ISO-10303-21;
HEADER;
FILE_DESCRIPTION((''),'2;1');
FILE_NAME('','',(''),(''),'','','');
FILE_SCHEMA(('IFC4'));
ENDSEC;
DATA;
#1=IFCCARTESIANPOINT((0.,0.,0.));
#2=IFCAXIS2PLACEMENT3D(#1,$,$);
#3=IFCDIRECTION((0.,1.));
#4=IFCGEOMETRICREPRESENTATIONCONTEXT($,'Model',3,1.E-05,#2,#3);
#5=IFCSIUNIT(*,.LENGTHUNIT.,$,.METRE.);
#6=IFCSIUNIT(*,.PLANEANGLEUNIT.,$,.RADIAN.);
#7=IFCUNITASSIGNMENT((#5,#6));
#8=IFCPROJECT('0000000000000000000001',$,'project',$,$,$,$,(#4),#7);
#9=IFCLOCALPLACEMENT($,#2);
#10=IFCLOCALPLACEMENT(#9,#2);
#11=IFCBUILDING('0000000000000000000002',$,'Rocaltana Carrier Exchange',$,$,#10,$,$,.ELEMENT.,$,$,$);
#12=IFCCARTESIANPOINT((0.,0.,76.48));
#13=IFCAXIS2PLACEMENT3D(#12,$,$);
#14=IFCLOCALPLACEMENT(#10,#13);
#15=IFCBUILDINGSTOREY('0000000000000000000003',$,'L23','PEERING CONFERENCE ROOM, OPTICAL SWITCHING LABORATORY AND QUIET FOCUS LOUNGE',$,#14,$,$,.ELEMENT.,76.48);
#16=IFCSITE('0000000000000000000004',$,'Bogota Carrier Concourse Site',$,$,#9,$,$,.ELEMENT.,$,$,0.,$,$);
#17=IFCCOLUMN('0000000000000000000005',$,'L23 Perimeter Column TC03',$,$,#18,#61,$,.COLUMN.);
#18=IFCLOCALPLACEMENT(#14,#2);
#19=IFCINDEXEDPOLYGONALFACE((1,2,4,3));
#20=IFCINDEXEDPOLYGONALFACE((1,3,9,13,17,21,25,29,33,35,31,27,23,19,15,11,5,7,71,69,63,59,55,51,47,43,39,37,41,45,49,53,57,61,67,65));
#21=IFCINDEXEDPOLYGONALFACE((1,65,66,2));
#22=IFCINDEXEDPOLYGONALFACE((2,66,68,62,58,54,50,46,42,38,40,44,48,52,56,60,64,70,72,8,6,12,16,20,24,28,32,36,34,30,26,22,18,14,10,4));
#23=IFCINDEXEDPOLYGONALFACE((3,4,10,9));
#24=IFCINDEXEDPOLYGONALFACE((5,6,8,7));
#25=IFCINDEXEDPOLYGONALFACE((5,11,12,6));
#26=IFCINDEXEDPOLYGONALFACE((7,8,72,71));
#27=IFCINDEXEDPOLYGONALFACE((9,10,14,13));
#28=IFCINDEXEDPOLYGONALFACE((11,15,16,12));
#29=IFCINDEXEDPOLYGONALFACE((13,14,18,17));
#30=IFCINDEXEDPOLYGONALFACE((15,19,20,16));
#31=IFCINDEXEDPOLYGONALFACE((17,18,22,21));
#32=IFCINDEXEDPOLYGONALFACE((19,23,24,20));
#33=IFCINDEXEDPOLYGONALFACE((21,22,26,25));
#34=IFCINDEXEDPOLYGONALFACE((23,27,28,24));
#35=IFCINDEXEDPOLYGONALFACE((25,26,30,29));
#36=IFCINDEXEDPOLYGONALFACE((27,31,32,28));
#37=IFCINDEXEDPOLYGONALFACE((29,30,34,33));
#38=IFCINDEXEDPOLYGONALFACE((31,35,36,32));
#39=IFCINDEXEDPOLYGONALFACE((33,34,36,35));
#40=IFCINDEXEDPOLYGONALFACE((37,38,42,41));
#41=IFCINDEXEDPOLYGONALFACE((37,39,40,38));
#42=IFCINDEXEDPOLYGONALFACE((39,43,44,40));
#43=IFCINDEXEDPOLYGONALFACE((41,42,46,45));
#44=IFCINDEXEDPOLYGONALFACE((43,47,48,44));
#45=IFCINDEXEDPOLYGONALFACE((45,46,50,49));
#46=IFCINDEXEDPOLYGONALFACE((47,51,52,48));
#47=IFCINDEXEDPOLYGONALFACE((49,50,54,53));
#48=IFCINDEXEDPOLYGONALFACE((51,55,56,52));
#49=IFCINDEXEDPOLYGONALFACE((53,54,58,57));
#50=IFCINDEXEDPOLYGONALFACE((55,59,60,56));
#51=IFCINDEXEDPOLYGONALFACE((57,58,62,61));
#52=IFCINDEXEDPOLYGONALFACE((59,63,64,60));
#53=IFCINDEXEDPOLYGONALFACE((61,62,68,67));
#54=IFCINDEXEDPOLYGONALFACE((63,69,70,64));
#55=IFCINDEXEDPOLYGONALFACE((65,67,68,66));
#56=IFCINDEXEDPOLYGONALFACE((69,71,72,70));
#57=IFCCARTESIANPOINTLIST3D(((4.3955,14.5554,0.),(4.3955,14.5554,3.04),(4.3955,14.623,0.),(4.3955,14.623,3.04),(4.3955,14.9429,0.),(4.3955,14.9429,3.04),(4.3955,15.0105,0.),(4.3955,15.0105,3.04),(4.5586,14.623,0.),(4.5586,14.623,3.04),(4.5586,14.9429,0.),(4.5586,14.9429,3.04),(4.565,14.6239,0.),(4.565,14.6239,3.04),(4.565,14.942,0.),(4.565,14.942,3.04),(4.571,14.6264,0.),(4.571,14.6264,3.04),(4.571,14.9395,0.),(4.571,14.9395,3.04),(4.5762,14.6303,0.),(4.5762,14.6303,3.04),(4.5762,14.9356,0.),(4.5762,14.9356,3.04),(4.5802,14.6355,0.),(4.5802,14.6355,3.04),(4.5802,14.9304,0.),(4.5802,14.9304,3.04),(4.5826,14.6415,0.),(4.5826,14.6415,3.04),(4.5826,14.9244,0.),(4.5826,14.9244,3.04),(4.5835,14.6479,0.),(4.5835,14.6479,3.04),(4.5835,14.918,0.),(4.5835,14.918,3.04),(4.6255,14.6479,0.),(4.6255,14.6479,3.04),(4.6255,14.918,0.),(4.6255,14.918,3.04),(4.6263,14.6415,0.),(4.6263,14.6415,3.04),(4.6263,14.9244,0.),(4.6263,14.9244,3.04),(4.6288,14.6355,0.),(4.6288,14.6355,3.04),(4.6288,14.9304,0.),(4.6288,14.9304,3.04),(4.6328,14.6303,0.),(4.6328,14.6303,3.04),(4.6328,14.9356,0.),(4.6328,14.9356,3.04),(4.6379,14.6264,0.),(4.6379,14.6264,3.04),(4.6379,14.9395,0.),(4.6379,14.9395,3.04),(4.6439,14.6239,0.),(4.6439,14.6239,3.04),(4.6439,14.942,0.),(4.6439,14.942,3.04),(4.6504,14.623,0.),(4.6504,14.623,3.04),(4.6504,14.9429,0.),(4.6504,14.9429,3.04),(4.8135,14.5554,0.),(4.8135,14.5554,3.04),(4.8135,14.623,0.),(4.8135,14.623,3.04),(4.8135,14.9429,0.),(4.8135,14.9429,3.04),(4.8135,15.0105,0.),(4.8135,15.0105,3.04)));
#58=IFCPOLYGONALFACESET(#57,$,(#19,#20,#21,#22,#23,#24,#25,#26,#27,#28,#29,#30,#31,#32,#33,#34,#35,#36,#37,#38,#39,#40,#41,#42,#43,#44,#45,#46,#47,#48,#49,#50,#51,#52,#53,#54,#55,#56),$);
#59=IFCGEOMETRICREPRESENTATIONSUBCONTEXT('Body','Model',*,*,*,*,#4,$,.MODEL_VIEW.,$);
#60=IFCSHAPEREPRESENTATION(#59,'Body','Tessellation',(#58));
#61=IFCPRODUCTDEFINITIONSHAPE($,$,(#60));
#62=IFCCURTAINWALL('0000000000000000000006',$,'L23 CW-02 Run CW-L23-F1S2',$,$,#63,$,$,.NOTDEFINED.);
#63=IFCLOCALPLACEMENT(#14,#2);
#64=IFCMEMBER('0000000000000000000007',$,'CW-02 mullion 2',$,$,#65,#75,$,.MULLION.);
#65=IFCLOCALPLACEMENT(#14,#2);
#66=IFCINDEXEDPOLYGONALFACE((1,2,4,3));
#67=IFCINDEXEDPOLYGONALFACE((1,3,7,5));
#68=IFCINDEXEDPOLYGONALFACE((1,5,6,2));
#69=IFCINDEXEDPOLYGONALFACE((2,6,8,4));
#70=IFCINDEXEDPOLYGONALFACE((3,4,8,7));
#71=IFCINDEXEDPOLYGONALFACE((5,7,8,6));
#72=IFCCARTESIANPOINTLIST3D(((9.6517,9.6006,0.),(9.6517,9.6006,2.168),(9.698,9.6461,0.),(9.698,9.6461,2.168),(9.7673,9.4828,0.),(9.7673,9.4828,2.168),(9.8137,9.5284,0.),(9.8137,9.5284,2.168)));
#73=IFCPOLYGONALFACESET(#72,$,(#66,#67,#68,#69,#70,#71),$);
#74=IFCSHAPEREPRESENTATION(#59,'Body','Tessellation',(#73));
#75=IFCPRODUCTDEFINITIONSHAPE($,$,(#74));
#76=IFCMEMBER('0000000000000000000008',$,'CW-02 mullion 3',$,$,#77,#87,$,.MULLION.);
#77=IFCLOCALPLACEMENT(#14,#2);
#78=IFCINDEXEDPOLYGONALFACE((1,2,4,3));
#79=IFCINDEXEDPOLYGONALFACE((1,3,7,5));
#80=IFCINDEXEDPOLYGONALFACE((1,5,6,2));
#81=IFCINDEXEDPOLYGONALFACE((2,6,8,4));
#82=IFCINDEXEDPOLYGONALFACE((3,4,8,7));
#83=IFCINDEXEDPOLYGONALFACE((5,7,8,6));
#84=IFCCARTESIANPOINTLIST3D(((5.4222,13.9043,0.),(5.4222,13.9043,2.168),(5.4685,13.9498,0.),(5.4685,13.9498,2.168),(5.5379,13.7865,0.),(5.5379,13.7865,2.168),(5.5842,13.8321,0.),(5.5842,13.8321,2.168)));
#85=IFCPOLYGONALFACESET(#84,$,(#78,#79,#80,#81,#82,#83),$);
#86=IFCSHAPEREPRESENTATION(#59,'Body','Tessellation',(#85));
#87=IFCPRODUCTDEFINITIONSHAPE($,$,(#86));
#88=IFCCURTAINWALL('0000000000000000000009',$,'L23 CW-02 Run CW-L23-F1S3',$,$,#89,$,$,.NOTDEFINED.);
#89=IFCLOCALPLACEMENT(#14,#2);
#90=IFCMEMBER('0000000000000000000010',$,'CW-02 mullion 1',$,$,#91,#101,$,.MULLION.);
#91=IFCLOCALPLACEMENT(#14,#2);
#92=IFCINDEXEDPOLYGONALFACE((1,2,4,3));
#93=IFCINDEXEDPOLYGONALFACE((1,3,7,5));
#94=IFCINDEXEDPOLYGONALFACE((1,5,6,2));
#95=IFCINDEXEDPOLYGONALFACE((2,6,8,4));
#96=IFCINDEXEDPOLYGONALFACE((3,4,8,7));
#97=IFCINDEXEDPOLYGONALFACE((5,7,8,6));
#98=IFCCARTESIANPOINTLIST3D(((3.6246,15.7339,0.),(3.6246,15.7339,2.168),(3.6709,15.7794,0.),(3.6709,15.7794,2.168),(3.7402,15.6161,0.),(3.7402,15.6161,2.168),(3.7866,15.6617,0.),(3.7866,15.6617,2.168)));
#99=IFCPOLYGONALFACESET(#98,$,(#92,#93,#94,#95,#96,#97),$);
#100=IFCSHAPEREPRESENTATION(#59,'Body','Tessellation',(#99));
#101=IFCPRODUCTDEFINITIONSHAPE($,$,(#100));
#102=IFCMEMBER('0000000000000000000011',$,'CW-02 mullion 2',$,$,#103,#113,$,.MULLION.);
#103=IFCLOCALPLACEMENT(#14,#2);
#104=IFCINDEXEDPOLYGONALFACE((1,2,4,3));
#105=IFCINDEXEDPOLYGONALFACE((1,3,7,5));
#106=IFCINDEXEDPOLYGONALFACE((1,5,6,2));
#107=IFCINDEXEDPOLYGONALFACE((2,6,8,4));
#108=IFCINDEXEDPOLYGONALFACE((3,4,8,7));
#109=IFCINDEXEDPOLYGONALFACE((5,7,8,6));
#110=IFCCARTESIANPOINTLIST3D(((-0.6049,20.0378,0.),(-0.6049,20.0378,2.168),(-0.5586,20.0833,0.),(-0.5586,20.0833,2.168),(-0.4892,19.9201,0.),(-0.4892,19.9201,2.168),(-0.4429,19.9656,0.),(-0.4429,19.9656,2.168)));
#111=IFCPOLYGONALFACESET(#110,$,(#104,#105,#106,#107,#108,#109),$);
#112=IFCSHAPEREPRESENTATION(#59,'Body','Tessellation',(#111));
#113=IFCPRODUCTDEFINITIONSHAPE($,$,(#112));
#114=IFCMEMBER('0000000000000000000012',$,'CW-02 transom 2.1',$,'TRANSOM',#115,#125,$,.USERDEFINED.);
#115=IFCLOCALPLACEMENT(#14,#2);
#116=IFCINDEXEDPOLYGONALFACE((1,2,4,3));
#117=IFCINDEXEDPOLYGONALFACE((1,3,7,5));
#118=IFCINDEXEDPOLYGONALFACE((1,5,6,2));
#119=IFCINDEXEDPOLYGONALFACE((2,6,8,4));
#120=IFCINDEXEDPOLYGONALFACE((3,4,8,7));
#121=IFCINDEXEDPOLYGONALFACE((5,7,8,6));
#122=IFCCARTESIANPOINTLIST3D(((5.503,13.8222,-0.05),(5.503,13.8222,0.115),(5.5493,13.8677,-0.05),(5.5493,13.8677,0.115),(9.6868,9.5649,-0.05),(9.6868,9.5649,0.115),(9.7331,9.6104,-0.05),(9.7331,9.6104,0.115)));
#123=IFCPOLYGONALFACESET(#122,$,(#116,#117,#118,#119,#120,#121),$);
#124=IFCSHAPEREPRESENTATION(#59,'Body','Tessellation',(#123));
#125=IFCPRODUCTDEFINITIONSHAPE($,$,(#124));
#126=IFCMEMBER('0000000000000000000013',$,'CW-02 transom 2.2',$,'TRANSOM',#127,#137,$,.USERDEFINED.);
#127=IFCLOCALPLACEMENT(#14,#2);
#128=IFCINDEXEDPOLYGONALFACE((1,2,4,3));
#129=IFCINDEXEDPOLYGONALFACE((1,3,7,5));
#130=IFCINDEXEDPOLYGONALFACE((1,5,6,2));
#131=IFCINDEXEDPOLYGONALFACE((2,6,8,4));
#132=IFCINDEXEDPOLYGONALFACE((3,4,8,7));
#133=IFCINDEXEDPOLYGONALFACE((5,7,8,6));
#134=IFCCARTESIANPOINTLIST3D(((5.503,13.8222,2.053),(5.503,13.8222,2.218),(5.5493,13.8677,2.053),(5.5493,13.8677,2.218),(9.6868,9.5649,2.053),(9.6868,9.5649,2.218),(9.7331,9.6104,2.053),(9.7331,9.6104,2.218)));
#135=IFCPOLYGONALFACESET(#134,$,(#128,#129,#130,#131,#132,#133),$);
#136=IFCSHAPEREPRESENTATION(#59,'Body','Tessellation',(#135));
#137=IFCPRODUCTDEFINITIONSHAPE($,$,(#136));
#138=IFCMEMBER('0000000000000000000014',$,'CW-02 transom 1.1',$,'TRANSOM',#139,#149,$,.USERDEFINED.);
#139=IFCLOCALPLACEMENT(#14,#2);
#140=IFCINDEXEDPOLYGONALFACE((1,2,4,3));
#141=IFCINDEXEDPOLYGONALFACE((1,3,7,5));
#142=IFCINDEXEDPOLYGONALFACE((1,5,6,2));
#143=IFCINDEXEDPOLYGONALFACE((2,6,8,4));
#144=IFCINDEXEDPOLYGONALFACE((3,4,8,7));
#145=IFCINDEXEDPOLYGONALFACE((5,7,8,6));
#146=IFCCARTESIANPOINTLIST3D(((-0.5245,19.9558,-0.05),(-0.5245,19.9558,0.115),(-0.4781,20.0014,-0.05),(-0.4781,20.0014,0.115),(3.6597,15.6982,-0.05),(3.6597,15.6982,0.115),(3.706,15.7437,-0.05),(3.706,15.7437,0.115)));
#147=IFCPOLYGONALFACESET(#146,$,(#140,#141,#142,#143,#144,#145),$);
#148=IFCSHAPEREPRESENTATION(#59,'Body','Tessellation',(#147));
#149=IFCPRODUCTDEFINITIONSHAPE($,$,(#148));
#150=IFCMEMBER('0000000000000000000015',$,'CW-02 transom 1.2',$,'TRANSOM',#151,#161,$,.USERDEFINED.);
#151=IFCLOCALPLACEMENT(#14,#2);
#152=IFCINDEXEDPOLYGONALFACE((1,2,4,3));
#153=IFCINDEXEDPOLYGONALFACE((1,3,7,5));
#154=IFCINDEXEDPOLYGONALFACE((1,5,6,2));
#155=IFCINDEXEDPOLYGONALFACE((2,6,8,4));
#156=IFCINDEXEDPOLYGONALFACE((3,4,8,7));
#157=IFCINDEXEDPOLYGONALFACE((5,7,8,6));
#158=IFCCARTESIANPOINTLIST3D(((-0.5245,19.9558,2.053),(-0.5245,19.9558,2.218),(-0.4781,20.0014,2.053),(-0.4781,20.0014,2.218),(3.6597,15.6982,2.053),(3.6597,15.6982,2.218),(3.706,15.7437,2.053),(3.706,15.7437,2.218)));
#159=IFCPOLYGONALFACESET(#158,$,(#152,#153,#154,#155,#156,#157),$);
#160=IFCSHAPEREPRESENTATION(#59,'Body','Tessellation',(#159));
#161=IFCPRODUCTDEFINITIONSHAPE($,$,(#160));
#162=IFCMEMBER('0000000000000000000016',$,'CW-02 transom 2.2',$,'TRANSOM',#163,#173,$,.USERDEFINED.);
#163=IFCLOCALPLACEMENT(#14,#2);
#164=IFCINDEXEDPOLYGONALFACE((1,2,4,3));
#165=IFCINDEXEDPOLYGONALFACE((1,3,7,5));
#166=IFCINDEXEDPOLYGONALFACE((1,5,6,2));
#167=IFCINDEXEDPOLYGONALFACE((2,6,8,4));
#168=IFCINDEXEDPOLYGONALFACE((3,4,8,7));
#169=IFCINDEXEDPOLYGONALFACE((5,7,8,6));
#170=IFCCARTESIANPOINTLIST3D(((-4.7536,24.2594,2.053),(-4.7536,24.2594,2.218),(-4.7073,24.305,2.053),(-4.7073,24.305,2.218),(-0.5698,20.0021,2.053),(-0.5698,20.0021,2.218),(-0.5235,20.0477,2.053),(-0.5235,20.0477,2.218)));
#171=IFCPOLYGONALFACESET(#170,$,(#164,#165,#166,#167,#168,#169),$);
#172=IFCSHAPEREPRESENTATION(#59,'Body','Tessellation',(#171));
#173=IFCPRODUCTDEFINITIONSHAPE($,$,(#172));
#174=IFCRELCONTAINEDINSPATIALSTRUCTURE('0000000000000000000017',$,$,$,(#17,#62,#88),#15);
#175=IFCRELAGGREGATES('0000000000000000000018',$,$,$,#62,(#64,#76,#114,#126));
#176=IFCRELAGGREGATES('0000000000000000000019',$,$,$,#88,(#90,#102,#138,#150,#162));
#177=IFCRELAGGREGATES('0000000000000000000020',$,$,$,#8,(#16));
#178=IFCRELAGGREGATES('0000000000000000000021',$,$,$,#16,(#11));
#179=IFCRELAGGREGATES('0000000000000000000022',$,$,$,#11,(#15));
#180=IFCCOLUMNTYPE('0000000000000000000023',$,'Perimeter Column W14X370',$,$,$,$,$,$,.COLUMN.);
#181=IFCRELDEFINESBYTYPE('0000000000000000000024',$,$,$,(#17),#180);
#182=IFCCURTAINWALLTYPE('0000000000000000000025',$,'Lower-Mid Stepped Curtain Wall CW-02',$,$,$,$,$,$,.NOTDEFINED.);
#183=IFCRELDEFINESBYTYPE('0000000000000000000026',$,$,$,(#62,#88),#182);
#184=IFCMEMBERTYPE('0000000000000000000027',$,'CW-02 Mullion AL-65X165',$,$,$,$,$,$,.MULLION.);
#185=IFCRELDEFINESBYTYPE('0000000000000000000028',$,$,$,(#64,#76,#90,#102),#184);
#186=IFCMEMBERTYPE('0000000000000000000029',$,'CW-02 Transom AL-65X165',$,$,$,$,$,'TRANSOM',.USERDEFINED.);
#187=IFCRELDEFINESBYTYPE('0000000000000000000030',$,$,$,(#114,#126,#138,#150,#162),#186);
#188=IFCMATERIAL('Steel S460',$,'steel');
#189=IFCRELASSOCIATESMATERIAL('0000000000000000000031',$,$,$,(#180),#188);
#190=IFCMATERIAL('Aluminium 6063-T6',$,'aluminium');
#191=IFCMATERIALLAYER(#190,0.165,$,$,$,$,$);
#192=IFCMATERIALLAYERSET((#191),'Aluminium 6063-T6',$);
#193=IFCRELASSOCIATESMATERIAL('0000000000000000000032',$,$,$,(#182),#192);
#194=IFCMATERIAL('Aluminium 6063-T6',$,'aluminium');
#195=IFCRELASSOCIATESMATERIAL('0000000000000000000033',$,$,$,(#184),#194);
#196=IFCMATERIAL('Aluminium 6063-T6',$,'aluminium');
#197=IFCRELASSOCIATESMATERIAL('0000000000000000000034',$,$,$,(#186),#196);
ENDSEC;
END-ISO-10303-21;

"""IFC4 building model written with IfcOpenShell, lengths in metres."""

from ifc_helpers import new_model, si_unit, direction, frame, origin, origin_2d, place, context, subcontext, project, spatial, rectangle, i_section, extrude, material, layer, layer_set, material_profile, profile_set, type_object, element, aggregate, save


model = new_model("IFC4")

# Units and contexts
model_context = context("Model", 3, precision=1e-05, world=origin(), true_north=direction((0.0, 1.0)))
body_context = subcontext(model_context, "Body", "Model", "MODEL_VIEW")
ifc_project = project(units=[si_unit("LENGTHUNIT", "METRE"), si_unit("PLANEANGLEUNIT", "RADIAN")], contexts=[model_context])

# Site, building, storey
site_placement = place(None, origin())
site = spatial("IfcSite", under=ifc_project, at=site_placement, Name="Bogota Carrier Concourse Site", CompositionType="ELEMENT", RefElevation=0.0)
building_placement = place(site_placement, origin())
building = spatial("IfcBuilding", under=site, at=building_placement, Name="Rocaltana Carrier Exchange", CompositionType="ELEMENT")
storey_placement = place(building_placement, frame((0.0, 0.0, 76.48)))
storey = spatial("IfcBuildingStorey", under=building, at=storey_placement, Name="L23", Description="PEERING CONFERENCE ROOM, OPTICAL SWITCHING LABORATORY AND QUIET FOCUS LOUNGE", CompositionType="ELEMENT", Elevation=76.48)

# Column
ifc_material_1 = material(Name="Steel S460", Category="steel")
ifc_material_profile_1 = material_profile(ifc_material_1, i_section(OverallWidth=0.418, OverallDepth=0.4551, WebThickness=0.042, FlangeThickness=0.0676, FilletRadius=0.0249, at=origin_2d()), Name="W14X370")
ifc_profile_set_1 = profile_set([ifc_material_profile_1], Name="Steel S460")
column_type = type_object("IfcColumnType", Name="Perimeter Column W14X370", PredefinedType="COLUMN", material=ifc_profile_set_1)
column_placement = place(storey_placement, frame((4.6045, 14.783, 0.0), z_axis=(0.0, 0.0, 1.0), x_axis=(1.0, 0.0, 0.0)))
element("IfcColumn", 1, at=column_placement, inside=storey, type_object=column_type, Name="L23 Perimeter Column TC03", PredefinedType="COLUMN", context=body_context, shape_type="SweptSolid", body=[
    extrude(i_section(OverallWidth=0.418, OverallDepth=0.4551, WebThickness=0.042, FlangeThickness=0.0676, FilletRadius=0.0249, at=origin_2d()), origin(), (0.0, 0.0, 1.0), 3.04),
])

# Curtain walls, members
ifc_material_2 = material(Name="Aluminium 6063-T6", Category="aluminium")
ifc_layer_1 = layer(ifc_material_2, 0.165)
ifc_layer_set_1 = layer_set([ifc_layer_1], Name="Aluminium 6063-T6")
curtain_wall_type = type_object("IfcCurtainWallType", Name="Lower-Mid Stepped Curtain Wall CW-02", PredefinedType="NOTDEFINED", material=ifc_layer_set_1)
curtain_wall_1_placement = place(storey_placement, origin())
curtain_wall_1 = element("IfcCurtainWall", 2, at=curtain_wall_1_placement, inside=storey, type_object=curtain_wall_type, Name="L23 CW-02 Run CW-L23-F1S2", PredefinedType="NOTDEFINED")
ifc_material_3 = material(Name="Aluminium 6063-T6", Category="aluminium")
ifc_material_profile_2 = material_profile(ifc_material_3, rectangle(XDim=0.0649, YDim=0.165, at=origin_2d()), Name="AL-65X165")
ifc_profile_set_2 = profile_set([ifc_material_profile_2], Name="Aluminium 6063-T6")
member_type_1 = type_object("IfcMemberType", Name="CW-02 Mullion AL-65X165", PredefinedType="MULLION", material=ifc_profile_set_2)
member_1_placement = place(storey_placement, frame((9.7327, 9.5645, 0.0), z_axis=(0.0, 0.0, 1.0), x_axis=(-0.713245, -0.700915, 0.0)))
member_1 = element("IfcMember", 3, at=member_1_placement, type_object=member_type_1, Name="CW-02 mullion 2", PredefinedType="MULLION", context=body_context, shape_type="SweptSolid", body=[
    extrude(rectangle(XDim=0.0649, YDim=0.165, at=origin_2d()), origin(), (0.0, 0.0, 1.0), 2.168),
])
member_2_placement = place(storey_placement, frame((5.5032, 13.8682, 0.0), z_axis=(0.0, 0.0, 1.0), x_axis=(-0.713245, -0.700915, 0.0)))
member_2 = element("IfcMember", 4, at=member_2_placement, type_object=member_type_1, Name="CW-02 mullion 3", PredefinedType="MULLION", context=body_context, shape_type="SweptSolid", body=[
    extrude(rectangle(XDim=0.0649, YDim=0.165, at=origin_2d()), origin(), (0.0, 0.0, 1.0), 2.168),
])
curtain_wall_2_placement = place(storey_placement, origin())
curtain_wall_2 = element("IfcCurtainWall", 5, at=curtain_wall_2_placement, inside=storey, type_object=curtain_wall_type, Name="L23 CW-02 Run CW-L23-F1S3", PredefinedType="NOTDEFINED")
member_3_placement = place(storey_placement, frame((3.7056, 15.6978, 0.0), z_axis=(0.0, 0.0, 1.0), x_axis=(-0.713245, -0.700915, 0.0)))
member_3 = element("IfcMember", 6, at=member_3_placement, type_object=member_type_1, Name="CW-02 mullion 1", PredefinedType="MULLION", context=body_context, shape_type="SweptSolid", body=[
    extrude(rectangle(XDim=0.0649, YDim=0.165, at=origin_2d()), origin(), (0.0, 0.0, 1.0), 2.168),
])
member_4_placement = place(storey_placement, frame((-0.5239, 20.0017, 0.0), z_axis=(0.0, 0.0, 1.0), x_axis=(-0.713245, -0.700915, 0.0)))
member_4 = element("IfcMember", 7, at=member_4_placement, type_object=member_type_1, Name="CW-02 mullion 2", PredefinedType="MULLION", context=body_context, shape_type="SweptSolid", body=[
    extrude(rectangle(XDim=0.0649, YDim=0.165, at=origin_2d()), origin(), (0.0, 0.0, 1.0), 2.168),
])

# Members
ifc_material_4 = material(Name="Aluminium 6063-T6", Category="aluminium")
ifc_material_profile_3 = material_profile(ifc_material_4, rectangle(XDim=0.0649, YDim=0.165, at=origin_2d()), Name="AL-65X165")
ifc_profile_set_3 = profile_set([ifc_material_profile_3], Name="Aluminium 6063-T6")
member_type_2 = type_object("IfcMemberType", Name="CW-02 Transom AL-65X165", ElementType="TRANSOM", PredefinedType="USERDEFINED", material=ifc_profile_set_3)
member_5_placement = place(storey_placement, frame((9.71, 9.5876, 0.0325), z_axis=(-0.700924, 0.713236, 0.0), x_axis=(-0.713236, -0.700924, 0.0)))
member_5 = element("IfcMember", 8, at=member_5_placement, type_object=member_type_2, Name="CW-02 transom 2.1", ObjectType="TRANSOM", PredefinedType="USERDEFINED", context=body_context, shape_type="SweptSolid", body=[
    extrude(rectangle(XDim=0.0649, YDim=0.165, at=origin_2d()), origin(), (0.0, 0.0, 1.0), 5.969),
])
member_6_placement = place(storey_placement, frame((9.71, 9.5876, 2.1355), z_axis=(-0.700924, 0.713236, 0.0), x_axis=(-0.713236, -0.700924, 0.0)))
member_6 = element("IfcMember", 9, at=member_6_placement, type_object=member_type_2, Name="CW-02 transom 2.2", ObjectType="TRANSOM", PredefinedType="USERDEFINED", context=body_context, shape_type="SweptSolid", body=[
    extrude(rectangle(XDim=0.0649, YDim=0.165, at=origin_2d()), origin(), (0.0, 0.0, 1.0), 5.969),
])
member_7_placement = place(storey_placement, frame((3.6829, 15.7209, 0.0325), z_axis=(-0.700925, 0.713235, 0.0), x_axis=(-0.713235, -0.700925, 0.0)))
member_7 = element("IfcMember", 10, at=member_7_placement, type_object=member_type_2, Name="CW-02 transom 1.1", ObjectType="TRANSOM", PredefinedType="USERDEFINED", context=body_context, shape_type="SweptSolid", body=[
    extrude(rectangle(XDim=0.0649, YDim=0.165, at=origin_2d()), origin(), (0.0, 0.0, 1.0), 5.9695),
])
member_8_placement = place(storey_placement, frame((3.6829, 15.7209, 2.1355), z_axis=(-0.700925, 0.713235, 0.0), x_axis=(-0.713235, -0.700925, 0.0)))
member_8 = element("IfcMember", 11, at=member_8_placement, type_object=member_type_2, Name="CW-02 transom 1.2", ObjectType="TRANSOM", PredefinedType="USERDEFINED", context=body_context, shape_type="SweptSolid", body=[
    extrude(rectangle(XDim=0.0649, YDim=0.165, at=origin_2d()), origin(), (0.0, 0.0, 1.0), 5.9695),
])
member_9_placement = place(storey_placement, frame((-0.5466, 20.0249, 2.1355), z_axis=(-0.700924, 0.713236, 0.0), x_axis=(-0.713236, -0.700924, 0.0)))
member_9 = element("IfcMember", 12, at=member_9_placement, type_object=member_type_2, Name="CW-02 transom 2.2", ObjectType="TRANSOM", PredefinedType="USERDEFINED", context=body_context, shape_type="SweptSolid", body=[
    extrude(rectangle(XDim=0.0649, YDim=0.165, at=origin_2d()), origin(), (0.0, 0.0, 1.0), 5.969),
])

aggregate(curtain_wall_1, [member_1, member_2, member_5, member_6])
aggregate(curtain_wall_2, [member_3, member_4, member_7, member_8, member_9])

save(model, "model.ifc")
